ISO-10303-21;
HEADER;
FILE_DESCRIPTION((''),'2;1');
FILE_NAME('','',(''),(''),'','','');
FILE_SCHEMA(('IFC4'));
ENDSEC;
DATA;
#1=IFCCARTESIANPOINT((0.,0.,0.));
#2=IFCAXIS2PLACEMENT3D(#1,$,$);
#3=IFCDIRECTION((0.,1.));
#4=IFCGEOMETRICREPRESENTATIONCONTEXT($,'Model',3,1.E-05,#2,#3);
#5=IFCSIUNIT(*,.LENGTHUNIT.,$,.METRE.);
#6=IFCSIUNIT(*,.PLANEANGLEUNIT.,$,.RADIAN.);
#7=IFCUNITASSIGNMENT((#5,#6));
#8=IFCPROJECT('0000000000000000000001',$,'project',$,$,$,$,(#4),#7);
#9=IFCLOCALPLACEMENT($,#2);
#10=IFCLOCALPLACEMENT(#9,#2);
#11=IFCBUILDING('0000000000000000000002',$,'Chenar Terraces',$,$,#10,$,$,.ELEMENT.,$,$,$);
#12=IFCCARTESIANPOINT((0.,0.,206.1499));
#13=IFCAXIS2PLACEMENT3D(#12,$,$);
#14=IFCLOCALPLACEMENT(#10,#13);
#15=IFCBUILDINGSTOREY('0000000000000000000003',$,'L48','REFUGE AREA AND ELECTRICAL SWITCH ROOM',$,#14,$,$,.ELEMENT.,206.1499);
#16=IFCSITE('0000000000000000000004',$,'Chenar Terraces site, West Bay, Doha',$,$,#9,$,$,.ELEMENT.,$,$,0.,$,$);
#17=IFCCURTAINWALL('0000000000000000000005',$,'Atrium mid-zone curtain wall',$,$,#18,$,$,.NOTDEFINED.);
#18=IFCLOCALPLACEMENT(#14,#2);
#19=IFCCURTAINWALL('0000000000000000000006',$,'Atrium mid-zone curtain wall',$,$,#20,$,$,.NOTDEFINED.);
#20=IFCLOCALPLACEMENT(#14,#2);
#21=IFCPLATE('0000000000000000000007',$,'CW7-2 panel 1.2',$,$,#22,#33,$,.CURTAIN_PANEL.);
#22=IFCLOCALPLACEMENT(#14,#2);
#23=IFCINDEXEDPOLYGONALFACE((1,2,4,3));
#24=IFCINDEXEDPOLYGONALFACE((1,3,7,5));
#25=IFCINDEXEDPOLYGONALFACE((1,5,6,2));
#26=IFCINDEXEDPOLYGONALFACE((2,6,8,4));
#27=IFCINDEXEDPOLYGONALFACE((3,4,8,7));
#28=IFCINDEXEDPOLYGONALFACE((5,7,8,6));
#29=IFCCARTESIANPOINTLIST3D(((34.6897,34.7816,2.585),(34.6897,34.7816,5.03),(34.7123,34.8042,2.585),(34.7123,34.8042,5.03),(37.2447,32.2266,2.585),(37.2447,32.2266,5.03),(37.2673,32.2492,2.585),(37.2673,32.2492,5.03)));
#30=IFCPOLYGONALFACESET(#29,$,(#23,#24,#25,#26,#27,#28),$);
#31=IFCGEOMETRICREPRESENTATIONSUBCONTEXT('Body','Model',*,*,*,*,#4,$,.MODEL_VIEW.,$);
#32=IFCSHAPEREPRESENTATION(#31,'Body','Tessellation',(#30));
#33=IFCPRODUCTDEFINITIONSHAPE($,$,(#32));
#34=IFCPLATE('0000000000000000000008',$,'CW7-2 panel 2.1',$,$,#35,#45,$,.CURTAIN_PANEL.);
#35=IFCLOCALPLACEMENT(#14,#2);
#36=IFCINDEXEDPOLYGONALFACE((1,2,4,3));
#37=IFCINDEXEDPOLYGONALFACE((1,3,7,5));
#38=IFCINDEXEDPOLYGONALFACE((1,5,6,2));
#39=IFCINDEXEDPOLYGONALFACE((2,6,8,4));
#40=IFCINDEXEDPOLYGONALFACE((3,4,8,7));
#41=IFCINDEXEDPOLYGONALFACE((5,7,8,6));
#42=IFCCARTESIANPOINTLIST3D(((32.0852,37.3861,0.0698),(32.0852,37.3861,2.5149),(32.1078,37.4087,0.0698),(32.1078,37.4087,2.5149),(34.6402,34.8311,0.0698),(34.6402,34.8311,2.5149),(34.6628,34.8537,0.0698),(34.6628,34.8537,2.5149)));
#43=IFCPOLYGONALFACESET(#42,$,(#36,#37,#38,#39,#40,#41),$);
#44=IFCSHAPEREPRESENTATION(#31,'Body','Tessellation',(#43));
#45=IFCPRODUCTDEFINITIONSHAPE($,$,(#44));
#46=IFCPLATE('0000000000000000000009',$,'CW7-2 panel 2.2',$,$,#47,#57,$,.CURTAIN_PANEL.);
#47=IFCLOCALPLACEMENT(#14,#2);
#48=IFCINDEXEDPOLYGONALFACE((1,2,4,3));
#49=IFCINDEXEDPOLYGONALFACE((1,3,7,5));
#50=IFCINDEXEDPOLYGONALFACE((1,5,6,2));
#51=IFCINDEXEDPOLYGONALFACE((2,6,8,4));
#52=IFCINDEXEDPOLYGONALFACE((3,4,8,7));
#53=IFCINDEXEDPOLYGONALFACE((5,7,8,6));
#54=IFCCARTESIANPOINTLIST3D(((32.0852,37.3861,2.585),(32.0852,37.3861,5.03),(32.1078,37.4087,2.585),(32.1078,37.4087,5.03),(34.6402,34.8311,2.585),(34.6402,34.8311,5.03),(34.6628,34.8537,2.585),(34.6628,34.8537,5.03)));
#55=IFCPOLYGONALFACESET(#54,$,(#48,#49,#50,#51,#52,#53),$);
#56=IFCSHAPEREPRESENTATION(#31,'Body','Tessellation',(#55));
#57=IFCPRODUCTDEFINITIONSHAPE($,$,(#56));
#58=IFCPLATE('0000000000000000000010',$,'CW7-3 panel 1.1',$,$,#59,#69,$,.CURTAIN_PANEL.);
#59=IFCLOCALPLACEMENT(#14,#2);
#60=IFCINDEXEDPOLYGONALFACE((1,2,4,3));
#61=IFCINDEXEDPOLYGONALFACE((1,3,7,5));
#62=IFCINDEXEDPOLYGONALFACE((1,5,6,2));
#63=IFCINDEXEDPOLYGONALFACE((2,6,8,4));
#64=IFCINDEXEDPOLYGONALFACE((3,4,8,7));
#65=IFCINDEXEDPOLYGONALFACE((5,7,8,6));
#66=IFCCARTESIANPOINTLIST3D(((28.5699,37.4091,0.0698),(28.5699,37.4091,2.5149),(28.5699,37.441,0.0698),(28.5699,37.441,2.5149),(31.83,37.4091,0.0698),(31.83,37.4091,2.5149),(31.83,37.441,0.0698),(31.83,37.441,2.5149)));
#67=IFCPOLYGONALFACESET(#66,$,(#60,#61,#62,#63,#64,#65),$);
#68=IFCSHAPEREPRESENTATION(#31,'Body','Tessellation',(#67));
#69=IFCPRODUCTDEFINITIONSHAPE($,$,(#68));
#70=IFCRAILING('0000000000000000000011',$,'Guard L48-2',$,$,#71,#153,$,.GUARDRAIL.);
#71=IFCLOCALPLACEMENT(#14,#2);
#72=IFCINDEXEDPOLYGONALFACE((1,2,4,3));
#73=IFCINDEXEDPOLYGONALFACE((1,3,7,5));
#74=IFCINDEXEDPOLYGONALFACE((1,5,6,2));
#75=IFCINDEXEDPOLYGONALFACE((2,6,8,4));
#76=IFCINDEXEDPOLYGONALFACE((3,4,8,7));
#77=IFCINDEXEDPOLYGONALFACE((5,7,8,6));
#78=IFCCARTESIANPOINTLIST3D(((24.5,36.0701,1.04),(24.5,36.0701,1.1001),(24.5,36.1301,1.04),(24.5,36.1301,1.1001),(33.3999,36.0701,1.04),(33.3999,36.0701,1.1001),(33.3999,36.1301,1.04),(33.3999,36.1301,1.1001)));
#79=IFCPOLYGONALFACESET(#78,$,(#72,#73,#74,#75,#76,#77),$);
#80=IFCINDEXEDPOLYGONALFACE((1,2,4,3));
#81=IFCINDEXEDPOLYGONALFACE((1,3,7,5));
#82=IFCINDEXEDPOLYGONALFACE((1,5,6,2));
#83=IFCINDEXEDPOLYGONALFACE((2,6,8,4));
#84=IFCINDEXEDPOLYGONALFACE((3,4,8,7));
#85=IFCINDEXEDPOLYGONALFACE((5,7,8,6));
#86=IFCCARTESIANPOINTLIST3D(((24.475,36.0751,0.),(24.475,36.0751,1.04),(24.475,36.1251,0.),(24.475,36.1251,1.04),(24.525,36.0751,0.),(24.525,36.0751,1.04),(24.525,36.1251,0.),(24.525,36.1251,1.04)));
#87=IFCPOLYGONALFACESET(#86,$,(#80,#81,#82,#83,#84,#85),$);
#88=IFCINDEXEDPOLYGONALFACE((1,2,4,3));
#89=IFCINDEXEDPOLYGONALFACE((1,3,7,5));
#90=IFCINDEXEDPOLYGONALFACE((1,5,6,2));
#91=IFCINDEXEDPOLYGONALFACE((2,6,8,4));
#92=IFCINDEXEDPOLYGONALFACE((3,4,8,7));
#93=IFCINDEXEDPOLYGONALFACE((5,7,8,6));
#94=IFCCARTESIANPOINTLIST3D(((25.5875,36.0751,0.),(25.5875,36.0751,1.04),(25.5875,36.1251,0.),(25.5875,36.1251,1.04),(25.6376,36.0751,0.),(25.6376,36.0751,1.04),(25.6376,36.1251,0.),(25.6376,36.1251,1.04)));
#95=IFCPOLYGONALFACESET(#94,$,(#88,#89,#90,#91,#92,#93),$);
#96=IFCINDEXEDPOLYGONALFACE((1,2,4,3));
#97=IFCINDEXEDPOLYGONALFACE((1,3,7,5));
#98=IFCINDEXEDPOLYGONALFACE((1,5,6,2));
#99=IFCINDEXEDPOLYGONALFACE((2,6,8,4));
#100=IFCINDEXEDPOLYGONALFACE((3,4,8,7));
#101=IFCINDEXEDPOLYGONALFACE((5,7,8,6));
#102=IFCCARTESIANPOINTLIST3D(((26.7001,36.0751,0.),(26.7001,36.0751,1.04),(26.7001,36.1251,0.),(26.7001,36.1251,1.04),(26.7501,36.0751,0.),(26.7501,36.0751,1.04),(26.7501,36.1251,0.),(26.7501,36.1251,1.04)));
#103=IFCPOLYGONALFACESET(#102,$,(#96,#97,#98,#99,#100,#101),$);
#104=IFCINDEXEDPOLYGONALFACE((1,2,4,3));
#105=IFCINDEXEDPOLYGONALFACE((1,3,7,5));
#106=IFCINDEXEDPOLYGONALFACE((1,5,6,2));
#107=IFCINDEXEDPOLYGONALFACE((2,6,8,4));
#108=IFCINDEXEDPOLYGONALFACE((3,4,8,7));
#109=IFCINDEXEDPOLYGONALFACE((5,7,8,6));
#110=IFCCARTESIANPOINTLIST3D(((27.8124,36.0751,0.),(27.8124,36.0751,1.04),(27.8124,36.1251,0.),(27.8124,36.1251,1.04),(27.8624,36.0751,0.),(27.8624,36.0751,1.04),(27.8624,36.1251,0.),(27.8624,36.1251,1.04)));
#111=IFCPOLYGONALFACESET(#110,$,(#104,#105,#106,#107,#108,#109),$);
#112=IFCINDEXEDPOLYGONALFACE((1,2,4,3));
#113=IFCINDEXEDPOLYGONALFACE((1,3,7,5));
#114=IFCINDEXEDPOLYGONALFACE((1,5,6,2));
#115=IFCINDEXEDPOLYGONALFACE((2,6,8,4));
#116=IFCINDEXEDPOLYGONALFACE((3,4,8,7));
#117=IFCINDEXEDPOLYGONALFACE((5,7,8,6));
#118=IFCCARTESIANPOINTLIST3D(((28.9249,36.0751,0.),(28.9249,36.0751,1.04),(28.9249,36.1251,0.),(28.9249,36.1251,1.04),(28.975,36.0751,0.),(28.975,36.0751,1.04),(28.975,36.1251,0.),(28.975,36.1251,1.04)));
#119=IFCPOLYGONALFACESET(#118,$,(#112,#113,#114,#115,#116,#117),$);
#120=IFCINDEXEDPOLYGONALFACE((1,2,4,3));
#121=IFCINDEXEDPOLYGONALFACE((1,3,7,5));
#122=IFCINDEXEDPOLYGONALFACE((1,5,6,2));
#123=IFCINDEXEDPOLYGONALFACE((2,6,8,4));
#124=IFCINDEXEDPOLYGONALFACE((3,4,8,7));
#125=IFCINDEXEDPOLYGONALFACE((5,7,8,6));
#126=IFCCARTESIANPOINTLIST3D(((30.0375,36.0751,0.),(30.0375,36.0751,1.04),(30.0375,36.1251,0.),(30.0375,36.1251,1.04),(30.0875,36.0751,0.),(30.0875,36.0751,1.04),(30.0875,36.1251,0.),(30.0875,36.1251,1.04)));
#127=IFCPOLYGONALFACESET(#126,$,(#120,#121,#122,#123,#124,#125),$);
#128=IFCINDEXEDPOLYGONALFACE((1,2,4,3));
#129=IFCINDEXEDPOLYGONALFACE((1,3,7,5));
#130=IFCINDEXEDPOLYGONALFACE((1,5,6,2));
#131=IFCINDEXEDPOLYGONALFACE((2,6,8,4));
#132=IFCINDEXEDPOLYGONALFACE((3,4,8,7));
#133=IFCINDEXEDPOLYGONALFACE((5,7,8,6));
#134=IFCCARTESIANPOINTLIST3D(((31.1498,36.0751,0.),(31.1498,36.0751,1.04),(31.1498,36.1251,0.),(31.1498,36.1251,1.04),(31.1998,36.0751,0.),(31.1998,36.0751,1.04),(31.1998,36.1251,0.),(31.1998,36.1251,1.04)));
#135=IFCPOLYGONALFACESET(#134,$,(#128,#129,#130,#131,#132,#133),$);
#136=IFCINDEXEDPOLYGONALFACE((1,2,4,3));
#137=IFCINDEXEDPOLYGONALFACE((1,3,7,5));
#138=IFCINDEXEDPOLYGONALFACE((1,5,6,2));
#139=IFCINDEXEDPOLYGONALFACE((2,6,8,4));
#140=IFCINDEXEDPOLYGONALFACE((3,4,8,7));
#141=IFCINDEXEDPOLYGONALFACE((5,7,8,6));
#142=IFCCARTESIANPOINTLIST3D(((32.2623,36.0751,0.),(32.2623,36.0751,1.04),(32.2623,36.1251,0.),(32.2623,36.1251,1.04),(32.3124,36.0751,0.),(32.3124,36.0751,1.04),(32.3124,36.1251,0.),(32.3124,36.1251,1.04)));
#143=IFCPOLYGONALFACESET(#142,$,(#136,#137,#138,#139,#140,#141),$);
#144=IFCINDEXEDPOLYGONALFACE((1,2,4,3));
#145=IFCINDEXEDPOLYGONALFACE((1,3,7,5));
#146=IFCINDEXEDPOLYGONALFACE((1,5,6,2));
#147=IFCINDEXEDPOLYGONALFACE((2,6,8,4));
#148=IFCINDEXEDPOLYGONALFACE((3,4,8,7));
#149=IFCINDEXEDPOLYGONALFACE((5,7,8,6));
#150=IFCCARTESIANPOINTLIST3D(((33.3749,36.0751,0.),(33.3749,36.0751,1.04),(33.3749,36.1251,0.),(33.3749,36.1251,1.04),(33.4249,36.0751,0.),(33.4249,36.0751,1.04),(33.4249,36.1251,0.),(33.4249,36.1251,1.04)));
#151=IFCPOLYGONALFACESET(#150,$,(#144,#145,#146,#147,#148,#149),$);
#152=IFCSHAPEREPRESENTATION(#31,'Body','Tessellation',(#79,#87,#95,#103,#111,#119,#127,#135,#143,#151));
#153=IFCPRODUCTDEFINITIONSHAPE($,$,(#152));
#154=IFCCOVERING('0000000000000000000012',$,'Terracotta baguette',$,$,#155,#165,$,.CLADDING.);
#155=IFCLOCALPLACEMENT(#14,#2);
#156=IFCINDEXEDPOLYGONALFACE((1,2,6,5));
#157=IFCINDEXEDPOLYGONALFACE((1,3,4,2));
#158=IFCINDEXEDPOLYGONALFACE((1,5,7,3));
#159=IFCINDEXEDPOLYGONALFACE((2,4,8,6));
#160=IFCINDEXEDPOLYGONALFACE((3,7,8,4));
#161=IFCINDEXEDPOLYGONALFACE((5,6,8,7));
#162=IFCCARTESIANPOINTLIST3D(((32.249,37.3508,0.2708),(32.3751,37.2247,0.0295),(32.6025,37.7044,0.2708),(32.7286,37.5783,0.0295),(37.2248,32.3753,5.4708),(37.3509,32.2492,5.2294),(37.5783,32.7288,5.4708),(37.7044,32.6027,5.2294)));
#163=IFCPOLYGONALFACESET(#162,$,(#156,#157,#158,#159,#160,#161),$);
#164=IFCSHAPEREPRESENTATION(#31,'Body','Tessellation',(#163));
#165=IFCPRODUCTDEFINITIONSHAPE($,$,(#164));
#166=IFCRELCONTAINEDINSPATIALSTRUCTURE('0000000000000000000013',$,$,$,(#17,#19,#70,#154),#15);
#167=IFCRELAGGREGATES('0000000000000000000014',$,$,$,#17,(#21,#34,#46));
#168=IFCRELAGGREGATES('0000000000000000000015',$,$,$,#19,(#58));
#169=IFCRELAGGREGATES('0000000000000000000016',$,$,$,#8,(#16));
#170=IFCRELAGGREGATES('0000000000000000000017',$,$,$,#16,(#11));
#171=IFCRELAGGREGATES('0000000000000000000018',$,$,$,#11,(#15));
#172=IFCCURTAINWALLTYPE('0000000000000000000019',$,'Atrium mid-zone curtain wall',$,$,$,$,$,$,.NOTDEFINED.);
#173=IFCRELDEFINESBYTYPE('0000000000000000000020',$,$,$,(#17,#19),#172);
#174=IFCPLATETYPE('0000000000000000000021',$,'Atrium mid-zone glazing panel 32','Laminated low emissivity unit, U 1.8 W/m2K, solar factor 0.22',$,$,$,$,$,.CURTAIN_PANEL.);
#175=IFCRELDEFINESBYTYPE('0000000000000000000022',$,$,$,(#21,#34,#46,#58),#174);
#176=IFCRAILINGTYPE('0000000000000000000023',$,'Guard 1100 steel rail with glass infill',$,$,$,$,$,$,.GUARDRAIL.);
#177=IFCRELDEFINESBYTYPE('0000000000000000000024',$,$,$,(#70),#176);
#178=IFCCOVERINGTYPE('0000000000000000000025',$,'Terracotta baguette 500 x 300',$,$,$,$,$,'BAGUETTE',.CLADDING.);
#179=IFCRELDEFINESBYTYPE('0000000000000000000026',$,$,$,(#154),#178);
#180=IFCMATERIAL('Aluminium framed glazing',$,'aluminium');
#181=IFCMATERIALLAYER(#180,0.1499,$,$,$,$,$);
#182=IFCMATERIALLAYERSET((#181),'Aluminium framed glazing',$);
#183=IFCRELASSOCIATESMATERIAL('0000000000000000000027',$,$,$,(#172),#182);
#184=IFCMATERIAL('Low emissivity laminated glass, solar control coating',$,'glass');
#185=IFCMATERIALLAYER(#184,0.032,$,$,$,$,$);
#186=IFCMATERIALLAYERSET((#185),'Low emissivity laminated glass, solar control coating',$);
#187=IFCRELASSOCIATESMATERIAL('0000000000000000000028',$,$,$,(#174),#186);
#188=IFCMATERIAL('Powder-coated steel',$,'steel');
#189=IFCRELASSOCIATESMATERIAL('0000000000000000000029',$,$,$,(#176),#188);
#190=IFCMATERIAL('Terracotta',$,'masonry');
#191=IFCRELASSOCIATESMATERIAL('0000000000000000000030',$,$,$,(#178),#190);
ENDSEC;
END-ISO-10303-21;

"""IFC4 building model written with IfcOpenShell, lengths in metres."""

from ifc_helpers import new_model, si_unit, direction, frame, origin, origin_2d, place, context, subcontext, project, spatial, rectangle, extrude, material, layer, layer_set, material_profile, profile_set, type_object, element, aggregate, save


model = new_model("IFC4")

# Units and contexts
model_context = context("Model", 3, precision=1e-05, world=origin(), true_north=direction((0.0, 1.0)))
body_context = subcontext(model_context, "Body", "Model", "MODEL_VIEW")
ifc_project = project(units=[si_unit("LENGTHUNIT", "METRE"), si_unit("PLANEANGLEUNIT", "RADIAN")], contexts=[model_context])

# Site, building, storey
site_placement = place(None, origin())
site = spatial("IfcSite", under=ifc_project, at=site_placement, Name="Chenar Terraces site, West Bay, Doha", CompositionType="ELEMENT", RefElevation=0.0)
building_placement = place(site_placement, origin())
building = spatial("IfcBuilding", under=site, at=building_placement, Name="Chenar Terraces", CompositionType="ELEMENT")
storey_placement = place(building_placement, frame((0.0, 0.0, 206.1499)))
storey = spatial("IfcBuildingStorey", under=building, at=storey_placement, Name="L48", Description="REFUGE AREA AND ELECTRICAL SWITCH ROOM", CompositionType="ELEMENT", Elevation=206.1499)

# Shared definitions
ifc_material_1 = material(Name="Aluminium framed glazing", Category="aluminium")
ifc_layer_1 = layer(ifc_material_1, 0.1499)
ifc_layer_set_1 = layer_set([ifc_layer_1], Name="Aluminium framed glazing")
curtain_wall_type = type_object("IfcCurtainWallType", Name="Atrium mid-zone curtain wall", PredefinedType="NOTDEFINED", material=ifc_layer_set_1)
placement = place(storey_placement, origin())

# Curtain wall
curtain_wall_1 = element("IfcCurtainWall", 1, at=placement, inside=storey, type_object=curtain_wall_type, Name="Atrium mid-zone curtain wall", PredefinedType="NOTDEFINED")

# Curtain wall
curtain_wall_2 = element("IfcCurtainWall", 2, at=placement, inside=storey, type_object=curtain_wall_type, Name="Atrium mid-zone curtain wall", PredefinedType="NOTDEFINED")

# Plates
ifc_material_2 = material(Name="Low emissivity laminated glass, solar control coating", Category="glass")
ifc_layer_2 = layer(ifc_material_2, 0.032)
ifc_layer_set_2 = layer_set([ifc_layer_2], Name="Low emissivity laminated glass, solar control coating")
plate_type = type_object("IfcPlateType", Name="Atrium mid-zone glazing panel 32", Description="Laminated low emissivity unit, U 1.8 W/m2K, solar factor 0.22", PredefinedType="CURTAIN_PANEL", material=ifc_layer_set_2)
plate_1_placement = place(storey_placement, frame((35.9785, 33.5154, 2.585), z_axis=(0.0, 0.0, 1.0), x_axis=(-0.707107, 0.707107, 0.0)))
plate_1 = element("IfcPlate", 3, at=plate_1_placement, type_object=plate_type, Name="CW7-2 panel 1.2", PredefinedType="CURTAIN_PANEL", context=body_context, shape_type="SweptSolid", body=[
    extrude(rectangle(XDim=3.6133, YDim=0.032, at=origin_2d()), origin(), (0.0, 0.0, 1.0), 2.4451),
])
plate_2_placement = place(storey_placement, frame((33.374, 36.1199, 0.0698), z_axis=(0.0, 0.0, 1.0), x_axis=(-0.707107, 0.707107, 0.0)))
plate_2 = element("IfcPlate", 4, at=plate_2_placement, type_object=plate_type, Name="CW7-2 panel 2.1", PredefinedType="CURTAIN_PANEL", context=body_context, shape_type="SweptSolid", body=[
    extrude(rectangle(XDim=3.6133, YDim=0.032, at=origin_2d()), origin(), (0.0, 0.0, 1.0), 2.4451),
])
plate_3_placement = place(storey_placement, frame((33.374, 36.1199, 2.585), z_axis=(0.0, 0.0, 1.0), x_axis=(-0.707107, 0.707107, 0.0)))
plate_3 = element("IfcPlate", 5, at=plate_3_placement, type_object=plate_type, Name="CW7-2 panel 2.2", PredefinedType="CURTAIN_PANEL", context=body_context, shape_type="SweptSolid", body=[
    extrude(rectangle(XDim=3.6133, YDim=0.032, at=origin_2d()), origin(), (0.0, 0.0, 1.0), 2.4451),
])
aggregate(curtain_wall_1, [plate_1, plate_2, plate_3])
plate_4_placement = place(storey_placement, frame((30.2, 37.425, 0.0698), z_axis=(0.0, 0.0, 1.0), x_axis=(-1.0, 0.0, 0.0)))
plate_4 = element("IfcPlate", 6, at=plate_4_placement, type_object=plate_type, Name="CW7-3 panel 1.1", PredefinedType="CURTAIN_PANEL", context=body_context, shape_type="SweptSolid", body=[
    extrude(rectangle(XDim=3.26, YDim=0.032, at=origin_2d()), origin(), (0.0, 0.0, 1.0), 2.4451),
])
aggregate(curtain_wall_2, [plate_4])

# Railing
ifc_material_3 = material(Name="Powder-coated steel", Category="steel")
railing_type = type_object("IfcRailingType", Name="Guard 1100 steel rail with glass infill", PredefinedType="GUARDRAIL", material=ifc_material_3)
railing_placement = place(storey_placement, frame((24.5, 36.1001, 0.0)))
element("IfcRailing", 7, at=railing_placement, inside=storey, type_object=railing_type, Name="Guard L48-2", PredefinedType="GUARDRAIL", context=body_context, shape_type="SweptSolid", body=[
    extrude(rectangle(XDim=0.0601, YDim=0.0601, at=origin_2d()), frame((0.0, 0.0, 1.0701), z_axis=(1.0, 0.0, 0.0), x_axis=(0.0, 1.0, 0.0)), (0.0, 0.0, 1.0), 8.8999),
    extrude(rectangle(XDim=0.05, YDim=0.05, at=origin_2d()), origin(), (0.0, 0.0, 1.0), 1.04),
    extrude(rectangle(XDim=0.05, YDim=0.05, at=origin_2d()), frame((1.1125, 0.0, 0.0)), (0.0, 0.0, 1.0), 1.04),
    extrude(rectangle(XDim=0.05, YDim=0.05, at=origin_2d()), frame((2.2251, 0.0, 0.0)), (0.0, 0.0, 1.0), 1.04),
    extrude(rectangle(XDim=0.05, YDim=0.05, at=origin_2d()), frame((3.3374, 0.0, 0.0)), (0.0, 0.0, 1.0), 1.04),
    extrude(rectangle(XDim=0.05, YDim=0.05, at=origin_2d()), frame((4.45, 0.0, 0.0)), (0.0, 0.0, 1.0), 1.04),
    extrude(rectangle(XDim=0.05, YDim=0.05, at=origin_2d()), frame((5.5625, 0.0, 0.0)), (0.0, 0.0, 1.0), 1.04),
    extrude(rectangle(XDim=0.05, YDim=0.05, at=origin_2d()), frame((6.6748, 0.0, 0.0)), (0.0, 0.0, 1.0), 1.04),
    extrude(rectangle(XDim=0.05, YDim=0.05, at=origin_2d()), frame((7.7874, 0.0, 0.0)), (0.0, 0.0, 1.0), 1.04),
    extrude(rectangle(XDim=0.05, YDim=0.05, at=origin_2d()), frame((8.8999, 0.0, 0.0)), (0.0, 0.0, 1.0), 1.04),
])

# Covering
ifc_material_4 = material(Name="Terracotta", Category="masonry")
ifc_material_profile_1 = material_profile(ifc_material_4, rectangle(XDim=0.5, YDim=0.3, at=origin_2d()), Name="Terracotta baguette 500 x 300")
ifc_profile_set_1 = profile_set([ifc_material_profile_1], Name="Terracotta")
covering_type = type_object("IfcCoveringType", Name="Terracotta baguette 500 x 300", ElementType="BAGUETTE", PredefinedType="CLADDING", material=ifc_profile_set_1)
covering_placement = place(storey_placement, frame((37.4646, 32.489, 5.3501), z_axis=(-0.568695, 0.568667, -0.59431), x_axis=(-0.707089, -0.707124, 0.0)))
element("IfcCovering", 8, at=covering_placement, inside=storey, type_object=covering_type, Name="Terracotta baguette", PredefinedType="CLADDING", context=body_context, shape_type="SweptSolid", body=[
    extrude(rectangle(XDim=0.5, YDim=0.3, at=origin_2d()), origin(), (0.0, 0.0, 1.0), 8.7495),
])

save(model, "model.ifc")
